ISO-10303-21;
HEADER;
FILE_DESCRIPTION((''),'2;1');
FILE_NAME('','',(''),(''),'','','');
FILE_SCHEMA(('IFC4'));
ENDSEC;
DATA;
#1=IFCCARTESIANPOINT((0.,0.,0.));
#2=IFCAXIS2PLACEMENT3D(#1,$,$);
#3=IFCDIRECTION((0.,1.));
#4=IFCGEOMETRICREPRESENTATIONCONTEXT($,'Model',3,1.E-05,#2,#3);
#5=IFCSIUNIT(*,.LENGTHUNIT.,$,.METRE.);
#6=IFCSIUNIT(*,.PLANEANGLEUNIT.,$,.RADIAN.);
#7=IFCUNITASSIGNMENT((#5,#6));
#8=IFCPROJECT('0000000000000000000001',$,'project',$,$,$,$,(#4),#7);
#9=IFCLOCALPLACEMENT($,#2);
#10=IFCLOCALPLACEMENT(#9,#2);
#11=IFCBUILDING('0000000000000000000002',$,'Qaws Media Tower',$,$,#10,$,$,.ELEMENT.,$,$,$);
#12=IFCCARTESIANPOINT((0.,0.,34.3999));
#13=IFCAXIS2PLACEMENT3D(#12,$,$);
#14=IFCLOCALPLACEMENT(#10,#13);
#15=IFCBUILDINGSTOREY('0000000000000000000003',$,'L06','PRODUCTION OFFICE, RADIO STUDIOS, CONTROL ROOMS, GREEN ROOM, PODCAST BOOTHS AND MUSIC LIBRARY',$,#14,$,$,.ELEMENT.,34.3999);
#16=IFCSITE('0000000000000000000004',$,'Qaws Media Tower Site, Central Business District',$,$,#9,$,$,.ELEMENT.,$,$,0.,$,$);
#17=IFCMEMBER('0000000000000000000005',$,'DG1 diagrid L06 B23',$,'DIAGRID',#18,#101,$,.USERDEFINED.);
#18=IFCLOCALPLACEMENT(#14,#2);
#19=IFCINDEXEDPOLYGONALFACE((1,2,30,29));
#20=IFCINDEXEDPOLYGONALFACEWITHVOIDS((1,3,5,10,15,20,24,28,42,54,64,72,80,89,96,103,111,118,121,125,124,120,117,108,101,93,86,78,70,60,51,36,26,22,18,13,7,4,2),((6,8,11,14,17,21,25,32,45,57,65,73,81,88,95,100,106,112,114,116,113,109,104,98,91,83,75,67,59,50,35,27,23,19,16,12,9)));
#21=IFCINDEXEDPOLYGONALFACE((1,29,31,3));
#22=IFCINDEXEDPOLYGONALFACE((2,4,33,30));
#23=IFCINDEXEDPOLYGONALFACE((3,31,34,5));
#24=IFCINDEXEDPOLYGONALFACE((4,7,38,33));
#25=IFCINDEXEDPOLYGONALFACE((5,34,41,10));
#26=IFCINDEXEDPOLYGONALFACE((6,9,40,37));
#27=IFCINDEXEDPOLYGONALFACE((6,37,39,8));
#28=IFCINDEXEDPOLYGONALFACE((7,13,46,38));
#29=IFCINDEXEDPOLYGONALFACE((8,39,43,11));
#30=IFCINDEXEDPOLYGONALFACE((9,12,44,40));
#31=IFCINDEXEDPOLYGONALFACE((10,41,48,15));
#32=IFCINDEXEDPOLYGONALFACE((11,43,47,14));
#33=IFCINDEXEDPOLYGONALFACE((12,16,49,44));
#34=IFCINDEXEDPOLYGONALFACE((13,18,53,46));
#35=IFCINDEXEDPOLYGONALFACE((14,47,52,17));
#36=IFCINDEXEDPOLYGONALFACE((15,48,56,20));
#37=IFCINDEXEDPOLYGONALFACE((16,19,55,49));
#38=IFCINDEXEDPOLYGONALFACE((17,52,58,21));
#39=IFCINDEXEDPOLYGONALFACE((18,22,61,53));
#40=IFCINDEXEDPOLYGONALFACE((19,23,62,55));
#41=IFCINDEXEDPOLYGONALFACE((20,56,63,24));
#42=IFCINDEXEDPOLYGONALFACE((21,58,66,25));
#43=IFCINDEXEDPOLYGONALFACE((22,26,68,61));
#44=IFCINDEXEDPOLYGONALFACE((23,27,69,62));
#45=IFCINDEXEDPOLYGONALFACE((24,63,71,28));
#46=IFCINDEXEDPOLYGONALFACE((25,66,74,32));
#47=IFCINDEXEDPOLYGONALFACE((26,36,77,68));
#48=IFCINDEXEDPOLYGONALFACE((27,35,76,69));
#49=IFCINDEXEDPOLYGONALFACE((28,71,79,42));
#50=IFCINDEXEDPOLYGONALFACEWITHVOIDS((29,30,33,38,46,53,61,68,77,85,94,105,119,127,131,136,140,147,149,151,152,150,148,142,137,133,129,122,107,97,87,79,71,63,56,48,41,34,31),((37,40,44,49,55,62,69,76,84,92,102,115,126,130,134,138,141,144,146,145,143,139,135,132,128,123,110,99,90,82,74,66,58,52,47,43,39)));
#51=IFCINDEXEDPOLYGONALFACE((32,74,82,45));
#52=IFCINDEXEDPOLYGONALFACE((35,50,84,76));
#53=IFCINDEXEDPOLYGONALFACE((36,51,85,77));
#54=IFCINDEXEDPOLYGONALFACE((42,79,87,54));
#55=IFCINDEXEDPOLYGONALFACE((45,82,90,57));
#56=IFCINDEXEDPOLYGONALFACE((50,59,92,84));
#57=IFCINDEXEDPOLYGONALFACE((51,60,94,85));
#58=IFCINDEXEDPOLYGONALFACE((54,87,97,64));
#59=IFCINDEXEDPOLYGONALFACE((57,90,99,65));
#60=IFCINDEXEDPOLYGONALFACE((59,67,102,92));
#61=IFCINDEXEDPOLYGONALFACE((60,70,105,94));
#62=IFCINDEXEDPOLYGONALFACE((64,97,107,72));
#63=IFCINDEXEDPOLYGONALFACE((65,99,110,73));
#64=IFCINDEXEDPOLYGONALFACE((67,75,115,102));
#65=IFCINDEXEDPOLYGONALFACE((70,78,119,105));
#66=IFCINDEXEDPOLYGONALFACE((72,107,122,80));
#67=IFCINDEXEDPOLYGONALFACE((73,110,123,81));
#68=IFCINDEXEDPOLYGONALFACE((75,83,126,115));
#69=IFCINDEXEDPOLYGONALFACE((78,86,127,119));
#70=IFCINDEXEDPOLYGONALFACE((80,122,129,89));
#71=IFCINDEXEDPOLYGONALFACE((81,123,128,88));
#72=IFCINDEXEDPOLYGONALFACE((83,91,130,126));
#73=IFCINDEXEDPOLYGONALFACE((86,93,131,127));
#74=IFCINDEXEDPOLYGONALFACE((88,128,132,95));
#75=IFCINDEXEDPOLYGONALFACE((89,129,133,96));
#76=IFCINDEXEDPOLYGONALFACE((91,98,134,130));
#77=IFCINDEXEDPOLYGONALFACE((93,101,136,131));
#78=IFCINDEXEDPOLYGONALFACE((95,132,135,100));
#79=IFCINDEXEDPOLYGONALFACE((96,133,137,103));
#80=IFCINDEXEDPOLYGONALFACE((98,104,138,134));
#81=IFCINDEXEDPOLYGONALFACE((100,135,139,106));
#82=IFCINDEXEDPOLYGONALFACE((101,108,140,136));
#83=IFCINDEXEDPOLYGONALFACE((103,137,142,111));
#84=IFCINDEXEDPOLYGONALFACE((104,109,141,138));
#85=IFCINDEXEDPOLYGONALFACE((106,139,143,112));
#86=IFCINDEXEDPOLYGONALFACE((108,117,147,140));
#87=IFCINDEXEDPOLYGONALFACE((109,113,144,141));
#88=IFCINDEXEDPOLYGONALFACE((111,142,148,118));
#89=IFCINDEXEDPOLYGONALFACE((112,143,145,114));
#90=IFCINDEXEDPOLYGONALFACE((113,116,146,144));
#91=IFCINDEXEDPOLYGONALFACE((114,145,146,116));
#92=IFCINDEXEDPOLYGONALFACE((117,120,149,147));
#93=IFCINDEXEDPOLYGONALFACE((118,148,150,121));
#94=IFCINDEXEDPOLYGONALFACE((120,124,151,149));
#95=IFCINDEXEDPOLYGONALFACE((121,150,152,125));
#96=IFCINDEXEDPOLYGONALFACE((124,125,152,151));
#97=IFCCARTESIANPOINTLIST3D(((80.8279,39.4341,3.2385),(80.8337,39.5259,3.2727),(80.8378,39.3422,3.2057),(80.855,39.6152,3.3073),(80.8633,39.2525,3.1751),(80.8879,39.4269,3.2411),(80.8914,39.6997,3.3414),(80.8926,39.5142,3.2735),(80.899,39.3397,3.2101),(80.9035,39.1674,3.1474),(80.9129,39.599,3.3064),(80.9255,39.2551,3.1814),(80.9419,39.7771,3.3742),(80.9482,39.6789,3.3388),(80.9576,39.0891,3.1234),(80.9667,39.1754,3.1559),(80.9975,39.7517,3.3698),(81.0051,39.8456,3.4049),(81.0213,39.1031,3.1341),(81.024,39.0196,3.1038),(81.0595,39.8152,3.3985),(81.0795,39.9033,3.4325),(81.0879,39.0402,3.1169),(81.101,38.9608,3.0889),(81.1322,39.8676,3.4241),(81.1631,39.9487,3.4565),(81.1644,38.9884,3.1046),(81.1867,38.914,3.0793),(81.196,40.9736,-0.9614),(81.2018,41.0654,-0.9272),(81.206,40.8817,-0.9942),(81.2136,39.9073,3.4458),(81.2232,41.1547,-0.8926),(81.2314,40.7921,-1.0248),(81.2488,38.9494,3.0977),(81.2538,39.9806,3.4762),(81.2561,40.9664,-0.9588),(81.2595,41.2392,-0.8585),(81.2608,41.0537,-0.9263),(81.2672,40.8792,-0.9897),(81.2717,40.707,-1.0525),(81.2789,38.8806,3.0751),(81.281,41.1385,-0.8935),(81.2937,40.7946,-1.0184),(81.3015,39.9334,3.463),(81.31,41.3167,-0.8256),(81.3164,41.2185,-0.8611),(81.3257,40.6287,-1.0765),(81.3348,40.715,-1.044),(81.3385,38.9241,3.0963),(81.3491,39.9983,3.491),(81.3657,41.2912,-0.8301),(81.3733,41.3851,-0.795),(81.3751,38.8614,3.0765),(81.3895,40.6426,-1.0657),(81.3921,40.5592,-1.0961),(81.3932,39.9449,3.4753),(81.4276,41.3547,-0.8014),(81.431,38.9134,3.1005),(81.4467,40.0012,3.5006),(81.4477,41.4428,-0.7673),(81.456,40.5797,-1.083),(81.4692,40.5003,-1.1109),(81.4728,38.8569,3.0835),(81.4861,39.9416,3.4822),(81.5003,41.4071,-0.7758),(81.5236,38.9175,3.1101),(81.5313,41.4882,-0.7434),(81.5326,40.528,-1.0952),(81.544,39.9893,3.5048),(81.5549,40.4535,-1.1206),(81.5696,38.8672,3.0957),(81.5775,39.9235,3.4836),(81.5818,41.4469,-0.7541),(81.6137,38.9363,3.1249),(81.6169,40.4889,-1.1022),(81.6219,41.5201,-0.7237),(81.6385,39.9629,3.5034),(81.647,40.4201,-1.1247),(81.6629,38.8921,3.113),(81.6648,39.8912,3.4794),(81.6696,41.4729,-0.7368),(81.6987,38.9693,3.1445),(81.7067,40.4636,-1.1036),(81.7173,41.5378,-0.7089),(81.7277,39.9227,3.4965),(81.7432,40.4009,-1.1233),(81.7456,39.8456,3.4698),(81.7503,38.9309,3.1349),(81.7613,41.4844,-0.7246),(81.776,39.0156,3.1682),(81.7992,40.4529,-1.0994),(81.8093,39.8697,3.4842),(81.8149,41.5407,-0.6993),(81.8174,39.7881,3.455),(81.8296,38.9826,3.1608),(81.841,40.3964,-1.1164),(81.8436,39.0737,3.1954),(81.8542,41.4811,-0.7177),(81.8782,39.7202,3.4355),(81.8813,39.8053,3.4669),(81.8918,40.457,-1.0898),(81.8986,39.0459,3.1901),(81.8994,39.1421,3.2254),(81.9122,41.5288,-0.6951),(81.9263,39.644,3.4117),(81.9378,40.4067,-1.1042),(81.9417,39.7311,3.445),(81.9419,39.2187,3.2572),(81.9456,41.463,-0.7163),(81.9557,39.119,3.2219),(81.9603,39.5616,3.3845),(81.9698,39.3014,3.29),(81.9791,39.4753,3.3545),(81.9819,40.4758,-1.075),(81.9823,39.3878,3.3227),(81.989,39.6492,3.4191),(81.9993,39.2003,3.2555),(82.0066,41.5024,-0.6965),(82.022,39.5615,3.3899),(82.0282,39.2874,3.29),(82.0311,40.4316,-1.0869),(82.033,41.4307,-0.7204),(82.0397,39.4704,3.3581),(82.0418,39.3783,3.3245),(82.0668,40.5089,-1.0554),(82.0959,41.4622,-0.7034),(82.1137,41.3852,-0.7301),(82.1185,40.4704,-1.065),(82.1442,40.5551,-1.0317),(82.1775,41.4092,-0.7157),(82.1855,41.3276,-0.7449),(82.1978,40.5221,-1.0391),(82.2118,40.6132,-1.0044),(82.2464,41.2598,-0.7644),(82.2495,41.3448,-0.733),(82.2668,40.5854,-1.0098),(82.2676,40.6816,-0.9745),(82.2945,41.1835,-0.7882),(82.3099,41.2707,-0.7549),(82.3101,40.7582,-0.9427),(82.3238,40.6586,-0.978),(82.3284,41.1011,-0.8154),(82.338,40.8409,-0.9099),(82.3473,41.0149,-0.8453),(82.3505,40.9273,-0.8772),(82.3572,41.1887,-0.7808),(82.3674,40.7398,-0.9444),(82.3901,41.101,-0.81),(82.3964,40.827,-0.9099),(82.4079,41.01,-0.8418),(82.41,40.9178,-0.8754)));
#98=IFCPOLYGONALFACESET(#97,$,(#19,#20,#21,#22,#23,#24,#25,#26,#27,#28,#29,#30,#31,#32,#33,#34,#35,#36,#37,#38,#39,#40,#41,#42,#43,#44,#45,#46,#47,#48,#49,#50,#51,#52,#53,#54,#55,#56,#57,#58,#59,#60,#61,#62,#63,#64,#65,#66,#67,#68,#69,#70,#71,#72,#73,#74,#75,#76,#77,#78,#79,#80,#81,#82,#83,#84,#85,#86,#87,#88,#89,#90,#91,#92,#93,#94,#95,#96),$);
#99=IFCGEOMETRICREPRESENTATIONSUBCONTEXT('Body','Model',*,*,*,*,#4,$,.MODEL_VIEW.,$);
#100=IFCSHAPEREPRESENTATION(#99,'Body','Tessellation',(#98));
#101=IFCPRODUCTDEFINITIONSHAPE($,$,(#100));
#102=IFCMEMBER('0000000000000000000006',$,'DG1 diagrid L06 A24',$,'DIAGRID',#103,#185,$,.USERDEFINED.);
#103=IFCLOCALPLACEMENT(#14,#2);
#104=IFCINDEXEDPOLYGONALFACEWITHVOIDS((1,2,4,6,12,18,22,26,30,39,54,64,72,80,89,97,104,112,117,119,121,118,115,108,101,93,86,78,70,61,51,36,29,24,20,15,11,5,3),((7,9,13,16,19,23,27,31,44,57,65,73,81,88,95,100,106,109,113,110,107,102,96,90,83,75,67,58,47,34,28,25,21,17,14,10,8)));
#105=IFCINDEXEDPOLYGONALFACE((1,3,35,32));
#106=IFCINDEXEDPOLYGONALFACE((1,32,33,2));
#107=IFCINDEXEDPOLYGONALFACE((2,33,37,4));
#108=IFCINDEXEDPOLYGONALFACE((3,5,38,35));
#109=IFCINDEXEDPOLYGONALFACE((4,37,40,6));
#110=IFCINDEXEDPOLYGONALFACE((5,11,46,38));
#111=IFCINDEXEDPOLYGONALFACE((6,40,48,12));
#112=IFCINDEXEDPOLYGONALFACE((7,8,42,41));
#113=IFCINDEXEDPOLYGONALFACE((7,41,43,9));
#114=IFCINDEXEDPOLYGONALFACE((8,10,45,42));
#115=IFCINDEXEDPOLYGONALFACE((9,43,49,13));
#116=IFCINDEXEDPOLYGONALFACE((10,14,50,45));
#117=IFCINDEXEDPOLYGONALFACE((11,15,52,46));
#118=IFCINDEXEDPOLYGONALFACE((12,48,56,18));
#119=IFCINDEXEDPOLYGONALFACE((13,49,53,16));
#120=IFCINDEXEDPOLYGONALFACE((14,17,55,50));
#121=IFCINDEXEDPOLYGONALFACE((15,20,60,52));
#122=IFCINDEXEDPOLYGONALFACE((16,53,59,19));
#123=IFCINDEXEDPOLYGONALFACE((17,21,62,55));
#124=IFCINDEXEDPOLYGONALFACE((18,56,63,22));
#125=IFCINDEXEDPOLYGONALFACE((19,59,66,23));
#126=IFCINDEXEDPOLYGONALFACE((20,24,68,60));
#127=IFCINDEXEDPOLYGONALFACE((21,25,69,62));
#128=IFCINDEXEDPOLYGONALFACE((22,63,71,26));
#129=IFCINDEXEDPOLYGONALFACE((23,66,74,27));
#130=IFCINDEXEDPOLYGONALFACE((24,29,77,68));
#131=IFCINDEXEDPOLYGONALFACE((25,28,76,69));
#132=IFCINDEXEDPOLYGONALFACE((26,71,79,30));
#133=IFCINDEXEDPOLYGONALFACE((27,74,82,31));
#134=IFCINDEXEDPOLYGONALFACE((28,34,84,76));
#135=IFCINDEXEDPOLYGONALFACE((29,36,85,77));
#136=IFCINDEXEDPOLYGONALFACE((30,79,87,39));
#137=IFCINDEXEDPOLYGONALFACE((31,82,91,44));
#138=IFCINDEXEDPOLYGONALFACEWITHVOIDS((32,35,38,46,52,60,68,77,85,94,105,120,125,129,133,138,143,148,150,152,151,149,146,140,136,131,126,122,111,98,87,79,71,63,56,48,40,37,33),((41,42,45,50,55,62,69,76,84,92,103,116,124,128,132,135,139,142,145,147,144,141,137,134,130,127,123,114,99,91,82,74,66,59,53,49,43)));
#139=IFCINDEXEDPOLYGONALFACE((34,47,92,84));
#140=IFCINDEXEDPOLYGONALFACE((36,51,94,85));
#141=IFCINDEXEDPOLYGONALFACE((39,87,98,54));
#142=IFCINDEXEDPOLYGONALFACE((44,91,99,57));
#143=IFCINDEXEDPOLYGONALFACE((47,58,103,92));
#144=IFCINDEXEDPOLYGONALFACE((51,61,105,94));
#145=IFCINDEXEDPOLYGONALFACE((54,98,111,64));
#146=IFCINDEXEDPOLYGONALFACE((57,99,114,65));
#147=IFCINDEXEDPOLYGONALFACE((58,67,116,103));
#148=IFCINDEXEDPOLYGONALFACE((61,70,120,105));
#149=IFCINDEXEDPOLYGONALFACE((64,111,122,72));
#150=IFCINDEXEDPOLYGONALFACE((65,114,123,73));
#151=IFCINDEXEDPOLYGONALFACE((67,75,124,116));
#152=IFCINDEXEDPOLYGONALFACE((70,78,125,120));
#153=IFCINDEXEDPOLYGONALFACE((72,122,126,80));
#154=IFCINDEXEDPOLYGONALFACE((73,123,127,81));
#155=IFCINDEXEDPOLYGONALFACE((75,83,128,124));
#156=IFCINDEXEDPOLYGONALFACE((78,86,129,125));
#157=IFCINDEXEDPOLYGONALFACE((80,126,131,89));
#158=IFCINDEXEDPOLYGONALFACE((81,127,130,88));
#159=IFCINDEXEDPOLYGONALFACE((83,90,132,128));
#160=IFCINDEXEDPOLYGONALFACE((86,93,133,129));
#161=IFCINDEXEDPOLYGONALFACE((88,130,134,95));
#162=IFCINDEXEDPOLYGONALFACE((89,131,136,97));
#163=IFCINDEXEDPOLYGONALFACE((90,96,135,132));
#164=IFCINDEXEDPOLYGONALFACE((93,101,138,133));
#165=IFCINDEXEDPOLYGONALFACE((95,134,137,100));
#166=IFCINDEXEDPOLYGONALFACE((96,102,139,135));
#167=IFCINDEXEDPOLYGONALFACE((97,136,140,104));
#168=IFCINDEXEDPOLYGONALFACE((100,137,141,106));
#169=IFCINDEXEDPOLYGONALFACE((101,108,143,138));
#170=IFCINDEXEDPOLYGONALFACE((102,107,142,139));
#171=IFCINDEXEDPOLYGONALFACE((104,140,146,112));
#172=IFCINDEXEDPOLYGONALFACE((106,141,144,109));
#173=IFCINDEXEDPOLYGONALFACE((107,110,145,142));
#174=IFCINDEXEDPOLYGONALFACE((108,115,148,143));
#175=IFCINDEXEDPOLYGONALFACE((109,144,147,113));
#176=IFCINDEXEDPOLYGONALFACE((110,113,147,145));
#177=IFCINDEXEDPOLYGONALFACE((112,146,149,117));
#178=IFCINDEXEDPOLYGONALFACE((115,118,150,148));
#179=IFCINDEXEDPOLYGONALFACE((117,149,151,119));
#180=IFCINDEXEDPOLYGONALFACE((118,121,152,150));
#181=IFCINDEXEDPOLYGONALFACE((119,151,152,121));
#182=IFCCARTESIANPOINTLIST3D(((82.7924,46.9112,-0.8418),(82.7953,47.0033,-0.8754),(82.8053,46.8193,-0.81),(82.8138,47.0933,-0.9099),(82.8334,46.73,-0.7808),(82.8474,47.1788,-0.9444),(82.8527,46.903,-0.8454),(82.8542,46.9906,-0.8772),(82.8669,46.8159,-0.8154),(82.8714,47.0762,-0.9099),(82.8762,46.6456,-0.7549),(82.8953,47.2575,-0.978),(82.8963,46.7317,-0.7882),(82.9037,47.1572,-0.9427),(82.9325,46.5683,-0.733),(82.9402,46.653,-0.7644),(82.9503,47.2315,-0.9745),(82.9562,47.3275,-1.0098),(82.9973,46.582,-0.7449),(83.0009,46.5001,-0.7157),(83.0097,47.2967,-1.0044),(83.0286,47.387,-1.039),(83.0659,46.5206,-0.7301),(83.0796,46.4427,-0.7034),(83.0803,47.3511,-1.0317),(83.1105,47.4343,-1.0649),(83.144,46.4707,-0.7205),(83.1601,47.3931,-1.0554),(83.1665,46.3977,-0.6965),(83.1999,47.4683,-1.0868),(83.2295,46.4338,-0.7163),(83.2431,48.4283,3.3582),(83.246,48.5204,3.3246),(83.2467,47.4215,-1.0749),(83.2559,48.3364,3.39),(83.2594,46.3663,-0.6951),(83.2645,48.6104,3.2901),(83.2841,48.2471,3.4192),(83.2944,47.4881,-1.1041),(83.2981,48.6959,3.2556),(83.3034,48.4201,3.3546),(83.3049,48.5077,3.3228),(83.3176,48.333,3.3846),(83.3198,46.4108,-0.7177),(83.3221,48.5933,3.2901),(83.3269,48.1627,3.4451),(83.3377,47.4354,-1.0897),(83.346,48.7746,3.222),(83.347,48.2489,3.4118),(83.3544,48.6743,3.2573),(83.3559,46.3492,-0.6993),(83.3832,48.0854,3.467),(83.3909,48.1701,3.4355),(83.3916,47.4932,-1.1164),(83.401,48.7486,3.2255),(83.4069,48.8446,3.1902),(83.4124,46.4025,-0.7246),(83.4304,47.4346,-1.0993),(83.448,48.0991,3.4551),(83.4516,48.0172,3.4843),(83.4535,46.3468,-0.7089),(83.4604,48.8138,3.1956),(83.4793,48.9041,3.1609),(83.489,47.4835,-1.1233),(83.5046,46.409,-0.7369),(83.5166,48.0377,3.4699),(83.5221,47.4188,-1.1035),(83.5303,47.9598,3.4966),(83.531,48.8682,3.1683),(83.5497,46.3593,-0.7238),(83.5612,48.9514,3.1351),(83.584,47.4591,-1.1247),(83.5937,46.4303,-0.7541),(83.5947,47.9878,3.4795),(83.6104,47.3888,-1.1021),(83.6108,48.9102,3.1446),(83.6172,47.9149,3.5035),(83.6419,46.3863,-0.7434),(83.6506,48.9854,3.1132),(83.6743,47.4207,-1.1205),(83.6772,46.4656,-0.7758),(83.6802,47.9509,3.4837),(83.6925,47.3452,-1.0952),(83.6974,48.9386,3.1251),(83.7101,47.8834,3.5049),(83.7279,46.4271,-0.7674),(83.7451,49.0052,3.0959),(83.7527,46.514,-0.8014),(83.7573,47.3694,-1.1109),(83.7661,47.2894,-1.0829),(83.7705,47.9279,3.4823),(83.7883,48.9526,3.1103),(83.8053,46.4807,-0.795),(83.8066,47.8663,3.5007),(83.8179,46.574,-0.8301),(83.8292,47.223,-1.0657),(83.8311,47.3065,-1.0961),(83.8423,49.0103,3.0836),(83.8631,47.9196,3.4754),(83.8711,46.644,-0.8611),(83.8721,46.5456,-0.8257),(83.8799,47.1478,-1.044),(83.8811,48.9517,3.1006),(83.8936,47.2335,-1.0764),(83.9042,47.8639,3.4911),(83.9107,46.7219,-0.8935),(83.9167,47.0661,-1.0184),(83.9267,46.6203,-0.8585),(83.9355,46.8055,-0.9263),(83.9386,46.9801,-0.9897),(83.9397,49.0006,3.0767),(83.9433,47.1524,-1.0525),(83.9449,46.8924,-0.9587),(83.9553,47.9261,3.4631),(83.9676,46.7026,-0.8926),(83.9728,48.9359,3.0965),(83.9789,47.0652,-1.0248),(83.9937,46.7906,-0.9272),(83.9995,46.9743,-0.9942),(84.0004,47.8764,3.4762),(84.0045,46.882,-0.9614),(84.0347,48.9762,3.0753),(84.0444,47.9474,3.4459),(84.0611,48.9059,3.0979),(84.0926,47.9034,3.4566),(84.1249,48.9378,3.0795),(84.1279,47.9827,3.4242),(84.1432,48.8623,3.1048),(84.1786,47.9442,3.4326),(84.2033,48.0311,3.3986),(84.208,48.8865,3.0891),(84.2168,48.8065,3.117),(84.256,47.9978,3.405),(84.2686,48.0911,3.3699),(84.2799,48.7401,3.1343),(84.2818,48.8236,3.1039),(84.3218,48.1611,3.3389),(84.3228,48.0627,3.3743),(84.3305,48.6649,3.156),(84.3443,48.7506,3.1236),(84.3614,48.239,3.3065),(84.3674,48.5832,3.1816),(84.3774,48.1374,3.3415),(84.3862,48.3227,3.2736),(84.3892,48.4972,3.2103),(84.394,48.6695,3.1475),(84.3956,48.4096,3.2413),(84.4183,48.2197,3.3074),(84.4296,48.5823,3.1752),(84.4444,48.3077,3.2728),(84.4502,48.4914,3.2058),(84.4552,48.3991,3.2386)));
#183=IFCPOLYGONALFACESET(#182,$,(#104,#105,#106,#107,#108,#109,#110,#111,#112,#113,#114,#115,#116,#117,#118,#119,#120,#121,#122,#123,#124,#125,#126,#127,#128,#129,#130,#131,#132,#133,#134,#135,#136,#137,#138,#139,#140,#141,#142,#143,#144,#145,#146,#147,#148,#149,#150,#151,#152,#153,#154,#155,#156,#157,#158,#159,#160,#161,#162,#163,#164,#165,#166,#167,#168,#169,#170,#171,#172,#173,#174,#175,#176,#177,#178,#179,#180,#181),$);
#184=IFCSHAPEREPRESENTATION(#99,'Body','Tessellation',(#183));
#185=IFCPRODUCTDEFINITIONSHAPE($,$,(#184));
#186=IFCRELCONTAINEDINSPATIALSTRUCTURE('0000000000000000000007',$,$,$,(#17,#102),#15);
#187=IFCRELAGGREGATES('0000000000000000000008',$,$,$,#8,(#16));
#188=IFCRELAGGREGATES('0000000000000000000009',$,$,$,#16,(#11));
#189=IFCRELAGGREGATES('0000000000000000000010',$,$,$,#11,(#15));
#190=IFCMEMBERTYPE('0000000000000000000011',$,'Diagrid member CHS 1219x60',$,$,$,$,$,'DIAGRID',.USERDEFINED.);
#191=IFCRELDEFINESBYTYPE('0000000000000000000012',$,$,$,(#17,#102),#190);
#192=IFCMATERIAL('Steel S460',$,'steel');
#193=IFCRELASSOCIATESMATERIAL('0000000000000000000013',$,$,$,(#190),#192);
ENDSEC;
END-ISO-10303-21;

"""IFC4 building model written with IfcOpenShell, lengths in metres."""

from ifc_helpers import new_model, si_unit, direction, frame, origin, origin_2d, place, context, subcontext, project, spatial, hollow_circle, extrude, material, material_profile, profile_set, type_object, element, save


model = new_model("IFC4")

# Units and contexts
model_context = context("Model", 3, precision=1e-05, world=origin(), true_north=direction((0.0, 1.0)))
body_context = subcontext(model_context, "Body", "Model", "MODEL_VIEW")
ifc_project = project(units=[si_unit("LENGTHUNIT", "METRE"), si_unit("PLANEANGLEUNIT", "RADIAN")], contexts=[model_context])

# Site, building, storey
site_placement = place(None, origin())
site = spatial("IfcSite", under=ifc_project, at=site_placement, Name="Qaws Media Tower Site, Central Business District", CompositionType="ELEMENT", RefElevation=0.0)
building_placement = place(site_placement, origin())
building = spatial("IfcBuilding", under=site, at=building_placement, Name="Qaws Media Tower", CompositionType="ELEMENT")
storey_placement = place(building_placement, frame((0.0, 0.0, 34.3999)))
storey = spatial("IfcBuildingStorey", under=building, at=storey_placement, Name="L06", Description="PRODUCTION OFFICE, RADIO STUDIOS, CONTROL ROOMS, GREEN ROOM, PODCAST BOOTHS AND MUSIC LIBRARY", CompositionType="ELEMENT", Elevation=34.3999)

# Members
ifc_material_1 = material(Name="Steel S460", Category="steel")
ifc_material_profile_1 = material_profile(ifc_material_1, hollow_circle(Radius=0.6096, WallThickness=0.0601, at=origin_2d()), Name="CHS 1219x60")
ifc_profile_set_1 = profile_set([ifc_material_profile_1], Name="Steel S460")
member_type_1 = type_object("IfcMemberType", Name="Diagrid member CHS 1219x60", ElementType="DIAGRID", PredefinedType="USERDEFINED", material=ifc_profile_set_1)
for number, where, z_axis, x_axis, name in (
    (1, (81.8035, 40.9688, -0.9099), (-0.082026, -0.34301, 0.935744), (0.972577, -0.23258, 0.0), "DG1 diagrid L06 B23"),
    (2, (83.3982, 46.9197, -0.9099), (0.100414, 0.338015, 0.935769), (-0.958596, 0.284771, 0.0), "DG1 diagrid L06 A24"),
):
    element("IfcMember", number, at=place(storey_placement, frame(where, z_axis=z_axis, x_axis=x_axis)), inside=storey, type_object=member_type_1, Name=name, ObjectType="DIAGRID", PredefinedType="USERDEFINED", context=body_context, shape_type="SweptSolid", body=[
        extrude(hollow_circle(Radius=0.6096, WallThickness=0.0601, at=origin_2d()), origin(), (0.0, 0.0, 1.0), 4.4883),
    ])

save(model, "model.ifc")
